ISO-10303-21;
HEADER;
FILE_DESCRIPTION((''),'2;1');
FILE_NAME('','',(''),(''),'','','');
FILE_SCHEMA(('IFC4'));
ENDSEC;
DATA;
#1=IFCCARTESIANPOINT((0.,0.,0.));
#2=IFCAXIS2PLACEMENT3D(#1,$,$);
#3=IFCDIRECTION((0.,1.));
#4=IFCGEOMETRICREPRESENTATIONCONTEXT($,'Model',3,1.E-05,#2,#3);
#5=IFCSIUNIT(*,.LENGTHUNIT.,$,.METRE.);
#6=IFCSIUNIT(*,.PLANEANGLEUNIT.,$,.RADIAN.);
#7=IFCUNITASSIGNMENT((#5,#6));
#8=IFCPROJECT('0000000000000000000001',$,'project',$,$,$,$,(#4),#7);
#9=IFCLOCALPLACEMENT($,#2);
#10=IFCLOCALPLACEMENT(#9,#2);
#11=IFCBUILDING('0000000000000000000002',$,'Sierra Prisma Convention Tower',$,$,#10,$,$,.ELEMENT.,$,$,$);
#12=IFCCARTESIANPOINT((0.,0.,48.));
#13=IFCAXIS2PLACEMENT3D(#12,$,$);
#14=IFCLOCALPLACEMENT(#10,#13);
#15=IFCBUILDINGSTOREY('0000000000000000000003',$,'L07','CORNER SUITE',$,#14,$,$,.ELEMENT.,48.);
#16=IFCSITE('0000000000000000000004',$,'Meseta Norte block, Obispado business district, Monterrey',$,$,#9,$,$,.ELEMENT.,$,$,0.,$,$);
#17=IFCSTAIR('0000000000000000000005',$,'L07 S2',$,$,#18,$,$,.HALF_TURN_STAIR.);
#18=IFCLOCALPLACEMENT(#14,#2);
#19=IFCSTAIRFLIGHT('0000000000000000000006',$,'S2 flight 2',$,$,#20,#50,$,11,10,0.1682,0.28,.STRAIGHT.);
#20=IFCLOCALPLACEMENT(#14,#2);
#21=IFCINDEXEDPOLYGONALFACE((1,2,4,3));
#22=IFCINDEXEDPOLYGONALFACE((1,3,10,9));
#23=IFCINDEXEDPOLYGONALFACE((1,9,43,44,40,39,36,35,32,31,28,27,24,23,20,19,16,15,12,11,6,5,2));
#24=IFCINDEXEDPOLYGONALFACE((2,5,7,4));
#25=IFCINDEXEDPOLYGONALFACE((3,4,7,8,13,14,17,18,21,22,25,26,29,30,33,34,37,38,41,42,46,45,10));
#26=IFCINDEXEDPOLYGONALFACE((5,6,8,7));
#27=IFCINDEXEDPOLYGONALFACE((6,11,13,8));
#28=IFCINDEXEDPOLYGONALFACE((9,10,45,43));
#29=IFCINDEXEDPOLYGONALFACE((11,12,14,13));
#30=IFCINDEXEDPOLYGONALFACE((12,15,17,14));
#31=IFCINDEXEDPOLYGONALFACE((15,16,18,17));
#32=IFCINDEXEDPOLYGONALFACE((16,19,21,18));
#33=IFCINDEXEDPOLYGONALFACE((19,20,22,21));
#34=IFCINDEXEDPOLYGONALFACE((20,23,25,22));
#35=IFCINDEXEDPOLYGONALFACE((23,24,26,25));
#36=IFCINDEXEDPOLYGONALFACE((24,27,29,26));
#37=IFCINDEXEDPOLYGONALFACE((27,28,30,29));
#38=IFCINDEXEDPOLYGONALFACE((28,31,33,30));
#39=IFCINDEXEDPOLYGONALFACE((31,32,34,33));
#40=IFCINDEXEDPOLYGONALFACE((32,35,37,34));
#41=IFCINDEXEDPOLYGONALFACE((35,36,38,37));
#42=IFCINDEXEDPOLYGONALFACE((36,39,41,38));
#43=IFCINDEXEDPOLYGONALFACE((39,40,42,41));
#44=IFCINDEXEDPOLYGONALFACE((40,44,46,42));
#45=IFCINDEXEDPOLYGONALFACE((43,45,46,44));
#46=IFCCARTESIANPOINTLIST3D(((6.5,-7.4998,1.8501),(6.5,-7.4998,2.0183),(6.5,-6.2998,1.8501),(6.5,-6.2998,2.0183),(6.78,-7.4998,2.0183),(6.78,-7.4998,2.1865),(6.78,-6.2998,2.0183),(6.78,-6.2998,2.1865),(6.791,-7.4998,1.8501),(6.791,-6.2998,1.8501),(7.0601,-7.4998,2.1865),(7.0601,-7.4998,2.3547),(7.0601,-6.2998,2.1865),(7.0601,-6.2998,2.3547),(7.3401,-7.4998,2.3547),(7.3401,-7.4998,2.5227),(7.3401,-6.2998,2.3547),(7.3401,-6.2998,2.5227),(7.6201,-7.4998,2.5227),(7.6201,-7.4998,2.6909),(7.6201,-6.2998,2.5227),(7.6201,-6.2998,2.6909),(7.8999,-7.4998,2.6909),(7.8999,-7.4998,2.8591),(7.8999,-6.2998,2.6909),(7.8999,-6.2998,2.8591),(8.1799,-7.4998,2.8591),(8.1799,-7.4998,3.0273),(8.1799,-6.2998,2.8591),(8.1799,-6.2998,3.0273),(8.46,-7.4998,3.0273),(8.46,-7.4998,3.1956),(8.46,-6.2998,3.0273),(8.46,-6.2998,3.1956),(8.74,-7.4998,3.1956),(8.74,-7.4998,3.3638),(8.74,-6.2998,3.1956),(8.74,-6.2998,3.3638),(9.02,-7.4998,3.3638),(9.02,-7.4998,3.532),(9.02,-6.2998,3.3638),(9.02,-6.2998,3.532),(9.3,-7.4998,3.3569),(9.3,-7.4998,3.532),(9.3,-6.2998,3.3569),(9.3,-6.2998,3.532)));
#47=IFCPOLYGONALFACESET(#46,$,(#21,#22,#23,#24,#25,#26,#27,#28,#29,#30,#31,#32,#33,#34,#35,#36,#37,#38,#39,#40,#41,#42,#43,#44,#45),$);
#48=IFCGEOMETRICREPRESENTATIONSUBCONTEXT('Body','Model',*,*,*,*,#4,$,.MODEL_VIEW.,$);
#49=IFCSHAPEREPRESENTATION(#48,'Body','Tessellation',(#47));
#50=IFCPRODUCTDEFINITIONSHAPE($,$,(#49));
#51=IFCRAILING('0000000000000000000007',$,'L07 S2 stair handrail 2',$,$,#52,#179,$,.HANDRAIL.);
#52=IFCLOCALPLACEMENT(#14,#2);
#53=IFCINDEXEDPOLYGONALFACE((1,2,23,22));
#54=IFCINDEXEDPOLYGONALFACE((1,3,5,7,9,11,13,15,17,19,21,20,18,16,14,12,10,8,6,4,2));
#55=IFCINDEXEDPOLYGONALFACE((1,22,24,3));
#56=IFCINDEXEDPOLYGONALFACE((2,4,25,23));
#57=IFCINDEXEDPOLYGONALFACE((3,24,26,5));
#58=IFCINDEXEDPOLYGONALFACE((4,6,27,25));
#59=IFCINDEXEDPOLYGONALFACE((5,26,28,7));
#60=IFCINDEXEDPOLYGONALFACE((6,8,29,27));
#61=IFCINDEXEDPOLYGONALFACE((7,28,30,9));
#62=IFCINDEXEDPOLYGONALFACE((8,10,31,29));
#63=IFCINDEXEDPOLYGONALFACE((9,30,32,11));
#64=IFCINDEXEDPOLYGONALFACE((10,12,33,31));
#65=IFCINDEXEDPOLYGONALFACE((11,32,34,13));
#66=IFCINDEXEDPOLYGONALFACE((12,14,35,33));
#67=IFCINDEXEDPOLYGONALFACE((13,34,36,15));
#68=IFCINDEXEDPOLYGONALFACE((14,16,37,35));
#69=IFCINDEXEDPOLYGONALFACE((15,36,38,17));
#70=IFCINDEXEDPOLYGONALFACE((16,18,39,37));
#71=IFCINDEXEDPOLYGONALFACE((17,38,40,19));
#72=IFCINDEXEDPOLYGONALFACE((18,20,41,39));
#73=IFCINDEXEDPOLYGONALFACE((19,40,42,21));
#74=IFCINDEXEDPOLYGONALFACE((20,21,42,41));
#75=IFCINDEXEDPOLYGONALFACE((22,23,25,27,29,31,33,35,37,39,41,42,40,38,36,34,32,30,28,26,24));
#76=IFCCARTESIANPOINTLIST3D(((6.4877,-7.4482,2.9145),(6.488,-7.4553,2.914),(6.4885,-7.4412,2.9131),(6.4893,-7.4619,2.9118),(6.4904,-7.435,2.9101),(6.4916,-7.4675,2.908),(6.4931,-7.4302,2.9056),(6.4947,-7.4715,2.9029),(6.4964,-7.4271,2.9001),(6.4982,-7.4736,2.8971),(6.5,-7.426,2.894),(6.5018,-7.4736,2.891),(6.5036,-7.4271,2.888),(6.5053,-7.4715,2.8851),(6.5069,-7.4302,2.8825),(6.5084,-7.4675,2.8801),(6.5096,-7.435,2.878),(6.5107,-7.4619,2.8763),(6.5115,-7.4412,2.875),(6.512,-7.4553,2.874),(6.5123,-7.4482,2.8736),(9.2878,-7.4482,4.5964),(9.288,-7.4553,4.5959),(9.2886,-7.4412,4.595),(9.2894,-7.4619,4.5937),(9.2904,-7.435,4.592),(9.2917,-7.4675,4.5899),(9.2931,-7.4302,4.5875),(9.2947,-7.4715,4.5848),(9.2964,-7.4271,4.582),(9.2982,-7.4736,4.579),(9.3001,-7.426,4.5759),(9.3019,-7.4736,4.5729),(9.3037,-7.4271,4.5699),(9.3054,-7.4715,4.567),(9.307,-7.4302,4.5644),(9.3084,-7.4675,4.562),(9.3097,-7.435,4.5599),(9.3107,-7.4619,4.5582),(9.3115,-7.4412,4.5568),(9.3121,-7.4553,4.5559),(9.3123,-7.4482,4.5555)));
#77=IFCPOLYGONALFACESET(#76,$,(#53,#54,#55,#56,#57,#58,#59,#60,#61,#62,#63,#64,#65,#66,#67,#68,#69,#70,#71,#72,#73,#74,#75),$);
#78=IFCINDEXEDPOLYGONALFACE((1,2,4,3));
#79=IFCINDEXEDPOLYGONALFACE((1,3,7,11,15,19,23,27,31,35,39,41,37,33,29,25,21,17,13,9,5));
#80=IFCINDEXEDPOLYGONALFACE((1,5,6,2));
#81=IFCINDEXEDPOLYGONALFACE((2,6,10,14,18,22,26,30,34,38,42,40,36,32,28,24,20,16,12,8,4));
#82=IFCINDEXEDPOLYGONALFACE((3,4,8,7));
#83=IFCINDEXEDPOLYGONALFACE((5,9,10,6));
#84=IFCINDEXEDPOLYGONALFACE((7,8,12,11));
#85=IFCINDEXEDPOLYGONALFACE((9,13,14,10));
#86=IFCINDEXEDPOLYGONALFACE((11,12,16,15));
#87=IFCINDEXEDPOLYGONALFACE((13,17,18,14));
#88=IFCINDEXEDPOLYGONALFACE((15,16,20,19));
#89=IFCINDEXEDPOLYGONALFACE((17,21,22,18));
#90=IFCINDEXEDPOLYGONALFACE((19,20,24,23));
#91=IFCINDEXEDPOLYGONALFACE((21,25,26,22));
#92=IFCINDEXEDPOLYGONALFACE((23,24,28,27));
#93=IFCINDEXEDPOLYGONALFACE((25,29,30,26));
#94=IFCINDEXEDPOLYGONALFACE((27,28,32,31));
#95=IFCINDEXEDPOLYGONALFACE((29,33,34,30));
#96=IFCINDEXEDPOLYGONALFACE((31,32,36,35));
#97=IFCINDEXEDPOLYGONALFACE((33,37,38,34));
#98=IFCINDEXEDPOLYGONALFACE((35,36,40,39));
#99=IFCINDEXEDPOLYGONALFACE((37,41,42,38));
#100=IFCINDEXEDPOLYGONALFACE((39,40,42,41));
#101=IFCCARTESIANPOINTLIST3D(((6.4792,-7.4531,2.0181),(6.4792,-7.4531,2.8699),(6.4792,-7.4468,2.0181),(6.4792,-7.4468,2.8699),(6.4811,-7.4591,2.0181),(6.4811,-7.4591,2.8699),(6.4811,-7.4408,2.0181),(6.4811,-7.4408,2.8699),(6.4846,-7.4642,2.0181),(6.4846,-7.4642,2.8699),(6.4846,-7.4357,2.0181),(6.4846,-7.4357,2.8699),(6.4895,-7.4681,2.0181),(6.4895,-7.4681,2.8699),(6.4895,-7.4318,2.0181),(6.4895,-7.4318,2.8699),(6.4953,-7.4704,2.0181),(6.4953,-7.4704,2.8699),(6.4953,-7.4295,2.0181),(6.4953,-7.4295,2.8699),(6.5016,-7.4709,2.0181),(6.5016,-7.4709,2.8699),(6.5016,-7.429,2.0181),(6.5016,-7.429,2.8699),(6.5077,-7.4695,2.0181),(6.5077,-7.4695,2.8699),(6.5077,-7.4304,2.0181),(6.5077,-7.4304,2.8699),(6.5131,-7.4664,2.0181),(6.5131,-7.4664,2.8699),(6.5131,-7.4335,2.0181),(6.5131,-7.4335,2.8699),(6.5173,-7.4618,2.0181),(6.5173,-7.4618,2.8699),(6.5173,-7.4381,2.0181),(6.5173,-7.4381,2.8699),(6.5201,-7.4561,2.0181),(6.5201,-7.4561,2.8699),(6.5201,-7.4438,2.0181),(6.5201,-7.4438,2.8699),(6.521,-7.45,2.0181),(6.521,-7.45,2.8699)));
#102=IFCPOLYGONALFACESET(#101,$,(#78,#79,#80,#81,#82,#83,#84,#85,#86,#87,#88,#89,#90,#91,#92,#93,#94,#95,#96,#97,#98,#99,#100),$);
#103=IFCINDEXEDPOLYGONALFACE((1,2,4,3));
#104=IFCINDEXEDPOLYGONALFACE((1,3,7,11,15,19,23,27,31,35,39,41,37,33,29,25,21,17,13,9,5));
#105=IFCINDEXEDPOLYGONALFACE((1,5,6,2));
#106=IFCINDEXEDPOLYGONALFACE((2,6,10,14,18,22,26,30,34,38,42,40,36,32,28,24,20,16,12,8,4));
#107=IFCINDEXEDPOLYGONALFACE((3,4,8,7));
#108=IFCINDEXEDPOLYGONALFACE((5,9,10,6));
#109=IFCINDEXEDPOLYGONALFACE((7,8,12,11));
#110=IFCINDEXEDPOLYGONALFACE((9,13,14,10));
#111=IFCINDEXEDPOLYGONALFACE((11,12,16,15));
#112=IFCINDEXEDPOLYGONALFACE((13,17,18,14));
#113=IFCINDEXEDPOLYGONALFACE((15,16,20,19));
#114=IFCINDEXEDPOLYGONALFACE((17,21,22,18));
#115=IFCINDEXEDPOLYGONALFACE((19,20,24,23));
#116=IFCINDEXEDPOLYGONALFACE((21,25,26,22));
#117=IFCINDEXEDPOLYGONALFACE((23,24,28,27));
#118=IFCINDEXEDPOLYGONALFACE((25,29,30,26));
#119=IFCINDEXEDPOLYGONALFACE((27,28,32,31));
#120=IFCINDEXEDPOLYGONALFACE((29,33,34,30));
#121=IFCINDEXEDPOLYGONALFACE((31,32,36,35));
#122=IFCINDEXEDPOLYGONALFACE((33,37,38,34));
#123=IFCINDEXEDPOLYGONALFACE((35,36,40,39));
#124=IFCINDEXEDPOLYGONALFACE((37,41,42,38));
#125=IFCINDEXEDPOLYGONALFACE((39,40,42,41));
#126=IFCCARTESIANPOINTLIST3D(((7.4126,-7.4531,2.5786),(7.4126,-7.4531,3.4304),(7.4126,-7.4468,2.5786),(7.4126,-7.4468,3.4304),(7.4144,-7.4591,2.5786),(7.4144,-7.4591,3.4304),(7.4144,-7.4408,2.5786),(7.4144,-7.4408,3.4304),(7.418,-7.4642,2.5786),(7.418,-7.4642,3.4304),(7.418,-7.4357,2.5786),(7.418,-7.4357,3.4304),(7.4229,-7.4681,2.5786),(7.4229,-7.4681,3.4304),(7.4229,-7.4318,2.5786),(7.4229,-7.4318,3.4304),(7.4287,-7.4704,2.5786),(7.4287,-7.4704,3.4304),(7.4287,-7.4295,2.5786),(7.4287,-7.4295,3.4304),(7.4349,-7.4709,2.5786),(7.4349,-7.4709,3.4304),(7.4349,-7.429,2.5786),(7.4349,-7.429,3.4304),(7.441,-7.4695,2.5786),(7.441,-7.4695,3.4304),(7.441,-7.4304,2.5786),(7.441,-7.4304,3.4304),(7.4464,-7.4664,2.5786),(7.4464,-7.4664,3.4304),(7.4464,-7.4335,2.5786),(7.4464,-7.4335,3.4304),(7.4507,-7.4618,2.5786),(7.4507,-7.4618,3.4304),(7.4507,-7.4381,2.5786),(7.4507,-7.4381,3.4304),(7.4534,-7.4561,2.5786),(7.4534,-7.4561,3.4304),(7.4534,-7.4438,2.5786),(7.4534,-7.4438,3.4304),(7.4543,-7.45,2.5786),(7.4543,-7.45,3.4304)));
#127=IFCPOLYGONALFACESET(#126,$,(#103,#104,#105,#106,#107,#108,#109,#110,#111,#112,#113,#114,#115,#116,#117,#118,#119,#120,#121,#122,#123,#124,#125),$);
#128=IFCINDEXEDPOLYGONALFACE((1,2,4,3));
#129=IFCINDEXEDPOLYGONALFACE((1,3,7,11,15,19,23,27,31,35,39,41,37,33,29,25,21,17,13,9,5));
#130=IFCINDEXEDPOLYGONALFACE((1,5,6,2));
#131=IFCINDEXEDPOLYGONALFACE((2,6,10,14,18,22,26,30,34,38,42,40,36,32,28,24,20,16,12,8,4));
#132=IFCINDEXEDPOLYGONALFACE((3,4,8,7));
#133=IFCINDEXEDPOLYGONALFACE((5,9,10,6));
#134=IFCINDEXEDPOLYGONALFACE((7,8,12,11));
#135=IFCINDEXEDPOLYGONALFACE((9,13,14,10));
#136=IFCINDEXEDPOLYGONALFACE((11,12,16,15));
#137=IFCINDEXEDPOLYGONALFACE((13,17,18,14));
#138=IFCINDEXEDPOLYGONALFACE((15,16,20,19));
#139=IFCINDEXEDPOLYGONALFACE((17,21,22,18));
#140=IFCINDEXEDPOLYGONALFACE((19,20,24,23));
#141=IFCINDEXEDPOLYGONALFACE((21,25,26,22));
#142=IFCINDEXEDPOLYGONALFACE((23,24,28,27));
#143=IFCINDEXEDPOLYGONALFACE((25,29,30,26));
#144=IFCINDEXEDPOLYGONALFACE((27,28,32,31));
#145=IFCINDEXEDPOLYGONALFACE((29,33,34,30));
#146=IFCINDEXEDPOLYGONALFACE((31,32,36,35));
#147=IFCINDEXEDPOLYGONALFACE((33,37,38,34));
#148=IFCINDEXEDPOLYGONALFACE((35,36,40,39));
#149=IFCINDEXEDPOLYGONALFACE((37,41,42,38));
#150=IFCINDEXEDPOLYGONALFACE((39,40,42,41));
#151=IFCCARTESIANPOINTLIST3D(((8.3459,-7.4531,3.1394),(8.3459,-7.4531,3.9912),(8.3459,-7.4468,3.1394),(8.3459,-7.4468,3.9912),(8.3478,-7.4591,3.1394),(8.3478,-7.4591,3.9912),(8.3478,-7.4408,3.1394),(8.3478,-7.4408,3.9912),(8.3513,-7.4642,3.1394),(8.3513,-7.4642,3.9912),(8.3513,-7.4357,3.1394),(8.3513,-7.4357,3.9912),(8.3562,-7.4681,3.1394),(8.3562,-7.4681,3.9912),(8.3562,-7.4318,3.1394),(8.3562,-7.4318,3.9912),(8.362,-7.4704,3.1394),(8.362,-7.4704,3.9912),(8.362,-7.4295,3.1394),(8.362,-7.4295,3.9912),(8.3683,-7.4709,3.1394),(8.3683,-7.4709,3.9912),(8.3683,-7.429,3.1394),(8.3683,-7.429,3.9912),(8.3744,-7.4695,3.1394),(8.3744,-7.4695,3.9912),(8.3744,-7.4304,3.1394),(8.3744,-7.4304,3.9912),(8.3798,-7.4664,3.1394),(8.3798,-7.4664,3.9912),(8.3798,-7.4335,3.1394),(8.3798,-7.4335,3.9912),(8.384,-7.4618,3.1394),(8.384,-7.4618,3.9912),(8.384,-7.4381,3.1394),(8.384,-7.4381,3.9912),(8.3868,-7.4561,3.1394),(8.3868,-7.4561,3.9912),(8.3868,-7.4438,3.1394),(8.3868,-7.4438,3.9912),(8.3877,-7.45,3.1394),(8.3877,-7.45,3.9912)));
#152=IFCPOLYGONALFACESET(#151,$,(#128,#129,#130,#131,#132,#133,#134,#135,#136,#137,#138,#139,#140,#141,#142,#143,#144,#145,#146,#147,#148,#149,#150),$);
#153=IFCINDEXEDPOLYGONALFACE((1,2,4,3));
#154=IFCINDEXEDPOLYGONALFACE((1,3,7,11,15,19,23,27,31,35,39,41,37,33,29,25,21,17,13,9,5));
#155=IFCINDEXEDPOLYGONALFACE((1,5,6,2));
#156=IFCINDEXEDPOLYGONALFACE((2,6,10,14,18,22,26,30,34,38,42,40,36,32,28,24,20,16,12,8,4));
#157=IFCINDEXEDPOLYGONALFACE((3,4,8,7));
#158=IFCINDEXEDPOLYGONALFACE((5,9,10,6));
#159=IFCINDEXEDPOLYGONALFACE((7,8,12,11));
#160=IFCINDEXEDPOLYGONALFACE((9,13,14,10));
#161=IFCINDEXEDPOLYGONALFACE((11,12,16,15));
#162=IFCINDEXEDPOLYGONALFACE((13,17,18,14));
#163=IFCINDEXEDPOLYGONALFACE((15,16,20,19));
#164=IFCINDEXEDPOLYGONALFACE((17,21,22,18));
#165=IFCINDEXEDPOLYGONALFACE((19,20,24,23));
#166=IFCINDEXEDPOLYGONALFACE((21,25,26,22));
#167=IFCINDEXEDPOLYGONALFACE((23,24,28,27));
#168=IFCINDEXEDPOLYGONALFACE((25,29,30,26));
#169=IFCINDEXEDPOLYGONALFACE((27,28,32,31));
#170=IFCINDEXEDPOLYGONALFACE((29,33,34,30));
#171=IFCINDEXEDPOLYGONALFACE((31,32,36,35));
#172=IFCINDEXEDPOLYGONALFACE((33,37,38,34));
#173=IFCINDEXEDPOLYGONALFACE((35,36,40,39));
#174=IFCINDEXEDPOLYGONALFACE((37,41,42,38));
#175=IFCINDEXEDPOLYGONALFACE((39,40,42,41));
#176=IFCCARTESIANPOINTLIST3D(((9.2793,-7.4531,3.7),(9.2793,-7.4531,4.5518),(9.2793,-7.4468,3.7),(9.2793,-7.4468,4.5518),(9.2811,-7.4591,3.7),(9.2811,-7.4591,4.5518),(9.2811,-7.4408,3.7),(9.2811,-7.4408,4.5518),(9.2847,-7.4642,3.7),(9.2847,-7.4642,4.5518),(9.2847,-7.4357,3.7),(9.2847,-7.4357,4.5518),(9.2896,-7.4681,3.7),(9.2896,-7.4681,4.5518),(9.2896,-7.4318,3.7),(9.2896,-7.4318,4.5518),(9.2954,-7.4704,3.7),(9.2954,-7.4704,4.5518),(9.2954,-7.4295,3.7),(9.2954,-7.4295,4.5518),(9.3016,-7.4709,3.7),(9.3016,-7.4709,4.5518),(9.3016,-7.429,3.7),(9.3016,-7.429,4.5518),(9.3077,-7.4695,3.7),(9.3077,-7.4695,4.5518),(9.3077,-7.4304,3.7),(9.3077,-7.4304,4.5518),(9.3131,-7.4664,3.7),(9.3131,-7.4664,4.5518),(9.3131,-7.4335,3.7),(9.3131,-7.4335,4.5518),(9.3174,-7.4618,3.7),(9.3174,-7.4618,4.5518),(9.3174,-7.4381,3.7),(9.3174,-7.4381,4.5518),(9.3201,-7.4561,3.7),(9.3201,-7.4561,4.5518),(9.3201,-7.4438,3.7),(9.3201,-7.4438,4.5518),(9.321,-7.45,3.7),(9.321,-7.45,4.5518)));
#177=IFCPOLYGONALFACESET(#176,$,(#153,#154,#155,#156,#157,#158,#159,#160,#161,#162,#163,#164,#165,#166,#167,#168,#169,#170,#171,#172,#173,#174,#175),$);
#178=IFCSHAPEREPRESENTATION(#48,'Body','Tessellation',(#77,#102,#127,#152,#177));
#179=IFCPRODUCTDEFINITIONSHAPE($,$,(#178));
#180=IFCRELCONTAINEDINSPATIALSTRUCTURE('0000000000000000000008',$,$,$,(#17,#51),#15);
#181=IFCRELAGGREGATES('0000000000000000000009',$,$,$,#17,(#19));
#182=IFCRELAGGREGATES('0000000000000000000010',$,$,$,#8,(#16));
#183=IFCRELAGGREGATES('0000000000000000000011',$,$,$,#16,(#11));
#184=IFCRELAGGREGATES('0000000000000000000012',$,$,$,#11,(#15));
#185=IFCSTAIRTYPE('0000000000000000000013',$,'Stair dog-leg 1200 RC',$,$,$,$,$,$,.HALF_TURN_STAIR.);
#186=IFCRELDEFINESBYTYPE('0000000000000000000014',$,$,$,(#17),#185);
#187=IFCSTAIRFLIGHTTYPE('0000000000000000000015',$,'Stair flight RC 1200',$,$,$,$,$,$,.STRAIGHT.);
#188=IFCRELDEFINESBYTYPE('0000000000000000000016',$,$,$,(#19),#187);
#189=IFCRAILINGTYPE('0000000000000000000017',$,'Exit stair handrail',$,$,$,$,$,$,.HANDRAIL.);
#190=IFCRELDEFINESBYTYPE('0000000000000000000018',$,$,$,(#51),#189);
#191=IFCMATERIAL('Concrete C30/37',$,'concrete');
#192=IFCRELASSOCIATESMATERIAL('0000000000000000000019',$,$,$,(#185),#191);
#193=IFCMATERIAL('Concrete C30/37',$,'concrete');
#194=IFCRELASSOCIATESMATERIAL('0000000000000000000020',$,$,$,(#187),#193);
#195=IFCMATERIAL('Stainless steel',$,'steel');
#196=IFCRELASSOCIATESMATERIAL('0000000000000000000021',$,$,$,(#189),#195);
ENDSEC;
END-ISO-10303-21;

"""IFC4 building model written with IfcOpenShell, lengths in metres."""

from ifc_helpers import new_model, si_unit, direction, frame, origin, origin_2d, place, context, subcontext, project, spatial, polyline, circle, outline, extrude, material, type_object, element, aggregate, save


model = new_model("IFC4")

# Units and contexts
model_context = context("Model", 3, precision=1e-05, world=origin(), true_north=direction((0.0, 1.0)))
body_context = subcontext(model_context, "Body", "Model", "MODEL_VIEW")
ifc_project = project(units=[si_unit("LENGTHUNIT", "METRE"), si_unit("PLANEANGLEUNIT", "RADIAN")], contexts=[model_context])

# Site, building, storey
site_placement = place(None, origin())
site = spatial("IfcSite", under=ifc_project, at=site_placement, Name="Meseta Norte block, Obispado business district, Monterrey", CompositionType="ELEMENT", RefElevation=0.0)
building_placement = place(site_placement, origin())
building = spatial("IfcBuilding", under=site, at=building_placement, Name="Sierra Prisma Convention Tower", CompositionType="ELEMENT")
storey_placement = place(building_placement, frame((0.0, 0.0, 48.0)))
storey = spatial("IfcBuildingStorey", under=building, at=storey_placement, Name="L07", Description="CORNER SUITE", CompositionType="ELEMENT", Elevation=48.0)

# Stair, stair flight
ifc_material_1 = material(Name="Concrete C30/37", Category="concrete")
stair_type = type_object("IfcStairType", Name="Stair dog-leg 1200 RC", PredefinedType="HALF_TURN_STAIR", material=ifc_material_1)
stair_placement = place(storey_placement, origin())
stair = element("IfcStair", 1, at=stair_placement, inside=storey, type_object=stair_type, Name="L07 S2", PredefinedType="HALF_TURN_STAIR")
ifc_material_2 = material(Name="Concrete C30/37", Category="concrete")
stair_flight_type = type_object("IfcStairFlightType", Name="Stair flight RC 1200", PredefinedType="STRAIGHT", material=ifc_material_2)
stair_flight_placement = place(storey_placement, frame((6.5, -6.8999, 1.8501), z_axis=(0.0, 0.0, 1.0), x_axis=(1.0, 0.0, 0.0)))
stair_flight = element("IfcStairFlight", 2, at=stair_flight_placement, type_object=stair_flight_type, Name="S2 flight 2", NumberOfRisers=11, NumberOfTreads=10, PredefinedType="STRAIGHT", RiserHeight=0.1682, TreadLength=0.28, context=body_context, shape_type="SweptSolid", body=[
    extrude(outline(polyline([(0.0, 0.0), (0.0, 0.1682), (0.28, 0.1682), (0.28, 0.3364), (0.5601, 0.3364), (0.5601, 0.5046), (0.8401, 0.5046), (0.8401, 0.6726), (1.1201, 0.6726), (1.1201, 0.8408), (1.3999, 0.8408), (1.3999, 1.009), (1.6799, 1.009), (1.6799, 1.1772), (1.96, 1.1772), (1.96, 1.3455), (2.24, 1.3455), (2.24, 1.5137), (2.52, 1.5137), (2.52, 1.6819), (2.8, 1.6819), (2.8, 1.8501), (2.8, 1.5068), (0.291, 0.0), (0.0, 0.0)])), frame((0.0, 0.6001, 0.0), z_axis=(0.0, -1.0, 0.0), x_axis=(1.0, 0.0, 0.0)), (0.0, 0.0, 1.0), 1.2),
])
aggregate(stair, [stair_flight])

# Railing
ifc_material_3 = material(Name="Stainless steel", Category="steel")
railing_type_1 = type_object("IfcRailingType", Name="Exit stair handrail", PredefinedType="HANDRAIL", material=ifc_material_3)
railing_1_placement = place(storey_placement, frame((6.5, -7.45, 2.0181)))
element("IfcRailing", 3, at=railing_1_placement, inside=storey, type_object=railing_type_1, Name="L07 S2 stair handrail 2", PredefinedType="HANDRAIL", context=body_context, shape_type="SweptSolid", body=[
    extrude(circle(Radius=0.0239, at=origin_2d()), frame((0.0, 0.0, 0.876), z_axis=(0.857242, 0.0, 0.514913), x_axis=(0.0, 1.0, 0.0)), (0.0, 0.0, 1.0), 3.2664),
    extrude(circle(Radius=0.021, at=origin_2d()), origin(), (0.0, 0.0, 1.0), 0.8518),
    extrude(circle(Radius=0.021, at=origin_2d()), frame((0.9333, 0.0, 0.5605)), (0.0, 0.0, 1.0), 0.8518),
    extrude(circle(Radius=0.021, at=origin_2d()), frame((1.8667, 0.0, 1.1213)), (0.0, 0.0, 1.0), 0.8518),
    extrude(circle(Radius=0.021, at=origin_2d()), frame((2.8, 0.0, 1.6819)), (0.0, 0.0, 1.0), 0.8518),
])

save(model, "model.ifc")
